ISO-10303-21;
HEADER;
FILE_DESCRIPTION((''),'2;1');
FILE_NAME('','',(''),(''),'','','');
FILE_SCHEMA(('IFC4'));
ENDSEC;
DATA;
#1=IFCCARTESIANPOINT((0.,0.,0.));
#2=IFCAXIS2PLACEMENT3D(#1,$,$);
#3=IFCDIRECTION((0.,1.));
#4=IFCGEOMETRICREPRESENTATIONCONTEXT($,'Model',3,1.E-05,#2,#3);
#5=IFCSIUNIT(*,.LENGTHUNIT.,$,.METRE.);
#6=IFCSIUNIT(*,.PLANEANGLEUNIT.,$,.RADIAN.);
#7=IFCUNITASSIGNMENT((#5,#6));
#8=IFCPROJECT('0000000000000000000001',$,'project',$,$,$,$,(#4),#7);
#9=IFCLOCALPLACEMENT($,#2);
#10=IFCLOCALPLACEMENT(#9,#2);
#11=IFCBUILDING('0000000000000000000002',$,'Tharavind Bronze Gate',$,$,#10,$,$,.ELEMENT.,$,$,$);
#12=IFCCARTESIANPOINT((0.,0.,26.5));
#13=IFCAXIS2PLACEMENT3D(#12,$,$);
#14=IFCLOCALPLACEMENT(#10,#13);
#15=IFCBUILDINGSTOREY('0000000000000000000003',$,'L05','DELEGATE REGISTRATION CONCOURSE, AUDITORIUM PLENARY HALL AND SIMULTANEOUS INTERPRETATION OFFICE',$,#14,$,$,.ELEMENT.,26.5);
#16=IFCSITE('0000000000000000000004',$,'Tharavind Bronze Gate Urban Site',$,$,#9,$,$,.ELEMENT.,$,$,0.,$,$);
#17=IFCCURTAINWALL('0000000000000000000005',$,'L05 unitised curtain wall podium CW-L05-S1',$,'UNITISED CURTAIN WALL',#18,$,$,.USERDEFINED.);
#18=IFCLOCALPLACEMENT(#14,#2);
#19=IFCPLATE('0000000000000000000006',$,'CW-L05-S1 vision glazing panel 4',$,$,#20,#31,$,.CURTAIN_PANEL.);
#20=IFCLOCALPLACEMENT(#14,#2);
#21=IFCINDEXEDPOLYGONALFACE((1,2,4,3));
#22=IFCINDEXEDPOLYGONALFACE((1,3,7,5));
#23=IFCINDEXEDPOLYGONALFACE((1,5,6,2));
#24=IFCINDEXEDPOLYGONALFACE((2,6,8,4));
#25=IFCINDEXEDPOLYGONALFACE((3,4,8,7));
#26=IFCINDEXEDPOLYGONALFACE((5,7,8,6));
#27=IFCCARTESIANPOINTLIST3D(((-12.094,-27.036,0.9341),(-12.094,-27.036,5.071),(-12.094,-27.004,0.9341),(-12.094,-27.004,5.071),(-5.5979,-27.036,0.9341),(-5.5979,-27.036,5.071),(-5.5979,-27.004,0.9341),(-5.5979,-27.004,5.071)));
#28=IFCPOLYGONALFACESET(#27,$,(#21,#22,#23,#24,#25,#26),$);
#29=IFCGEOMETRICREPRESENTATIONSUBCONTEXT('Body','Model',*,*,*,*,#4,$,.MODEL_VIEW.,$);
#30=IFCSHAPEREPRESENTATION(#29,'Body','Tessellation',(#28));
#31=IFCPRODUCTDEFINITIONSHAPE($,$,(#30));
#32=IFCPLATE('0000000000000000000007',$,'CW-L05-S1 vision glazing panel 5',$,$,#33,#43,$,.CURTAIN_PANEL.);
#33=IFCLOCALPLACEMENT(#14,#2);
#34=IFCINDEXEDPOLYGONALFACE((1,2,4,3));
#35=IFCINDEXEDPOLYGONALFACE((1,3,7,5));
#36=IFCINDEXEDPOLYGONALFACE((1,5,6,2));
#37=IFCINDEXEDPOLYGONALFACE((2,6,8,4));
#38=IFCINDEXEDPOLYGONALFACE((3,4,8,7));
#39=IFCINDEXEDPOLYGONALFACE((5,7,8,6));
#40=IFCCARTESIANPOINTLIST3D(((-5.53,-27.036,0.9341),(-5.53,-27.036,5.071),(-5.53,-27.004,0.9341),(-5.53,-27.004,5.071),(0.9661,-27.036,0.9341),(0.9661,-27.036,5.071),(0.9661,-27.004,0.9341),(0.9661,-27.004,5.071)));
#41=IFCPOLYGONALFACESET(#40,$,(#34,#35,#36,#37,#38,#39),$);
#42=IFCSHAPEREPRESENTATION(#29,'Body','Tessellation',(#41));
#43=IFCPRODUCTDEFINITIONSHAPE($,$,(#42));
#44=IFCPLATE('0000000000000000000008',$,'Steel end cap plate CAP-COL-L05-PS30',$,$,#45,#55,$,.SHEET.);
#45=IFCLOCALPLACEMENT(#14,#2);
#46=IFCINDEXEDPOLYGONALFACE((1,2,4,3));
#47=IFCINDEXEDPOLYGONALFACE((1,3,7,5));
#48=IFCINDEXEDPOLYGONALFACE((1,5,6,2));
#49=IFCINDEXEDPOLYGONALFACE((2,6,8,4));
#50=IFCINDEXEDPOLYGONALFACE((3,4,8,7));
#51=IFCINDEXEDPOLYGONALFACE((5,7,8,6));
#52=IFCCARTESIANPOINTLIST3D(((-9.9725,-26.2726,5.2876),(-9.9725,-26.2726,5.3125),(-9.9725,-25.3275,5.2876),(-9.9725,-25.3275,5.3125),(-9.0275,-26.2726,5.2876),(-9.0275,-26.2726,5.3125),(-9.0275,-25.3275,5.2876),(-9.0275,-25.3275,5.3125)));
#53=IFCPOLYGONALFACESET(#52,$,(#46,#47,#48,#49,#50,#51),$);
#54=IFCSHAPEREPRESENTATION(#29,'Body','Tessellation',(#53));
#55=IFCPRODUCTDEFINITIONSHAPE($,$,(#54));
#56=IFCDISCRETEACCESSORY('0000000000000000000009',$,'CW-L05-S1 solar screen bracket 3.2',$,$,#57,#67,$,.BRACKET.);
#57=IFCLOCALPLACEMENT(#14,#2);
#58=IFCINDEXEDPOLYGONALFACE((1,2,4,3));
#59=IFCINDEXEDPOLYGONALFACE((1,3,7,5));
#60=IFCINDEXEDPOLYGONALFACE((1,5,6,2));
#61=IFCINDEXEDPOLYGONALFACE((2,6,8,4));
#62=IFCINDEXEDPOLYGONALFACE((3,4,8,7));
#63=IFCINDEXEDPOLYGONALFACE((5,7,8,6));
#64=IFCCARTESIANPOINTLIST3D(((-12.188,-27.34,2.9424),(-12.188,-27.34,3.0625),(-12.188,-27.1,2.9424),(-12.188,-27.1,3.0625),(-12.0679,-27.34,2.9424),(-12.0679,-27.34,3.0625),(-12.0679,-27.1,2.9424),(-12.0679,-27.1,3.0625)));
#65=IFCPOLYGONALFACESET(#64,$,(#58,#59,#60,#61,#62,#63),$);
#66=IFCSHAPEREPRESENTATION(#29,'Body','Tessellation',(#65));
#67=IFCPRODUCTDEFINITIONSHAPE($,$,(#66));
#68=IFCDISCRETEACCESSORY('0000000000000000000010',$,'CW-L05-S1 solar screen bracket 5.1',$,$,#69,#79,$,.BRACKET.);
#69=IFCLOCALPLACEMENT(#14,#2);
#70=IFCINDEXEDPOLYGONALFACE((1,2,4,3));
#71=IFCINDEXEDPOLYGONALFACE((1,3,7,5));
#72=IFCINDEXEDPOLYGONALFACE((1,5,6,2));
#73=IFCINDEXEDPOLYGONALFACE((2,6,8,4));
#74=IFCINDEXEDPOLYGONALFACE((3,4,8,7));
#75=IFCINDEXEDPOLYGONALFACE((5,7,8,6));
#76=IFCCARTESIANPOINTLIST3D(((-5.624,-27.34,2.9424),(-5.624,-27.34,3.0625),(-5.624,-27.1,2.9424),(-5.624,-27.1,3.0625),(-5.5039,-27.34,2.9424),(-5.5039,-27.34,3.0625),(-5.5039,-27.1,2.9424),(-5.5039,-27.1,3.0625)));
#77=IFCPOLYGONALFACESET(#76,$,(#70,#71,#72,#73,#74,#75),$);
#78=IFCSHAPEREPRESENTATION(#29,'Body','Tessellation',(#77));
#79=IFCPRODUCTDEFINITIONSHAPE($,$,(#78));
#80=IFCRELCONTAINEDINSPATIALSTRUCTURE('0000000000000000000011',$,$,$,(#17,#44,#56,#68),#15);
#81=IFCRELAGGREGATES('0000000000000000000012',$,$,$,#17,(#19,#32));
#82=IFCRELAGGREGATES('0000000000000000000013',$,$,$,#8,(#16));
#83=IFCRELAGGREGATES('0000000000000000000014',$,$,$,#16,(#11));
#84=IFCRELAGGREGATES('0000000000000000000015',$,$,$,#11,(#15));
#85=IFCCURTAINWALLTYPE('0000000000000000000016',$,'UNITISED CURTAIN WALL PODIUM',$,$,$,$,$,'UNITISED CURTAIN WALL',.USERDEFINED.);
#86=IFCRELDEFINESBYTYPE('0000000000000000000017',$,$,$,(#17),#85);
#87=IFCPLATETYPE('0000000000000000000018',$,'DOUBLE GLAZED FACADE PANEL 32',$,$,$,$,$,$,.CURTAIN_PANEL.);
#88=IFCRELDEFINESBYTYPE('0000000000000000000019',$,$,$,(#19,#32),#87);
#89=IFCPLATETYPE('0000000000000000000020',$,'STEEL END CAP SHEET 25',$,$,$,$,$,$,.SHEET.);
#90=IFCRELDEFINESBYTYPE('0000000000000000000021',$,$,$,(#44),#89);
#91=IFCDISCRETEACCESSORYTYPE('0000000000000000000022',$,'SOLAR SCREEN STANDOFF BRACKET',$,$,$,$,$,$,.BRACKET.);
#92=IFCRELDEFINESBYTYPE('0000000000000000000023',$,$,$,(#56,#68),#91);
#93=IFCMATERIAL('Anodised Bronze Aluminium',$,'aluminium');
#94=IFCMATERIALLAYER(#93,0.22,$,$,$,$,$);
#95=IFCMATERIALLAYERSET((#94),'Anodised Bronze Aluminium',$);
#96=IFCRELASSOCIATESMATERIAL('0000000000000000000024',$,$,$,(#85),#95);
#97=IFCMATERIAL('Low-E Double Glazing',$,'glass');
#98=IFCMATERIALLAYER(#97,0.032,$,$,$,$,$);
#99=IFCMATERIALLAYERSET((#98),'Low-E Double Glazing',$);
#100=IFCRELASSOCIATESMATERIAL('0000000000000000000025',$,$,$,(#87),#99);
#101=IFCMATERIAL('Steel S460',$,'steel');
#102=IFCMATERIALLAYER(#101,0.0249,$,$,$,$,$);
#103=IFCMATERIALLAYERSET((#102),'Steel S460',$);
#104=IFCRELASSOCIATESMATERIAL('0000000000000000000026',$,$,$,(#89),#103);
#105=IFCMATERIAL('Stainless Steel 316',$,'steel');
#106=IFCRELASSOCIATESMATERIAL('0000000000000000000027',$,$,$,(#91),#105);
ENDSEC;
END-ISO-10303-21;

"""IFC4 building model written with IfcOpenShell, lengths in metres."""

from ifc_helpers import new_model, si_unit, direction, frame, origin, origin_2d, place, context, subcontext, project, spatial, rectangle, extrude, material, layer, layer_set, type_object, element, aggregate, save


model = new_model("IFC4")

# Units and contexts
model_context = context("Model", 3, precision=1e-05, world=origin(), true_north=direction((0.0, 1.0)))
body_context = subcontext(model_context, "Body", "Model", "MODEL_VIEW")
ifc_project = project(units=[si_unit("LENGTHUNIT", "METRE"), si_unit("PLANEANGLEUNIT", "RADIAN")], contexts=[model_context])

# Site, building, storey
site_placement = place(None, origin())
site = spatial("IfcSite", under=ifc_project, at=site_placement, Name="Tharavind Bronze Gate Urban Site", CompositionType="ELEMENT", RefElevation=0.0)
building_placement = place(site_placement, origin())
building = spatial("IfcBuilding", under=site, at=building_placement, Name="Tharavind Bronze Gate", CompositionType="ELEMENT")
storey_placement = place(building_placement, frame((0.0, 0.0, 26.5)))
storey = spatial("IfcBuildingStorey", under=building, at=storey_placement, Name="L05", Description="DELEGATE REGISTRATION CONCOURSE, AUDITORIUM PLENARY HALL AND SIMULTANEOUS INTERPRETATION OFFICE", CompositionType="ELEMENT", Elevation=26.5)

# Shared definitions
ifc_material_1 = material(Name="Steel S460", Category="steel")

# Curtain wall
ifc_material_2 = material(Name="Anodised Bronze Aluminium", Category="aluminium")
ifc_layer_1 = layer(ifc_material_2, 0.22)
ifc_layer_set_1 = layer_set([ifc_layer_1], Name="Anodised Bronze Aluminium")
curtain_wall_type = type_object("IfcCurtainWallType", Name="UNITISED CURTAIN WALL PODIUM", ElementType="UNITISED CURTAIN WALL", PredefinedType="USERDEFINED", material=ifc_layer_set_1)
curtain_wall_placement = place(storey_placement, origin())
curtain_wall = element("IfcCurtainWall", 1, at=curtain_wall_placement, inside=storey, type_object=curtain_wall_type, Name="L05 unitised curtain wall podium CW-L05-S1", ObjectType="UNITISED CURTAIN WALL", PredefinedType="USERDEFINED")

# Plates
ifc_material_3 = material(Name="Low-E Double Glazing", Category="glass")
ifc_layer_2 = layer(ifc_material_3, 0.032)
ifc_layer_set_2 = layer_set([ifc_layer_2], Name="Low-E Double Glazing")
plate_type_1 = type_object("IfcPlateType", Name="DOUBLE GLAZED FACADE PANEL 32", PredefinedType="CURTAIN_PANEL", material=ifc_layer_set_2)
plate_1_placement = place(storey_placement, frame((-8.8459, -27.02, 0.9341), z_axis=(0.0, 0.0, 1.0), x_axis=(1.0, 0.0, 0.0)))
plate_1 = element("IfcPlate", 2, at=plate_1_placement, type_object=plate_type_1, Name="CW-L05-S1 vision glazing panel 4", PredefinedType="CURTAIN_PANEL", context=body_context, shape_type="SweptSolid", body=[
    extrude(rectangle(XDim=6.4961, YDim=0.032, at=origin_2d()), origin(), (0.0, 0.0, 1.0), 4.137),
])
plate_2_placement = place(storey_placement, frame((-2.282, -27.02, 0.9341), z_axis=(0.0, 0.0, 1.0), x_axis=(1.0, 0.0, 0.0)))
plate_2 = element("IfcPlate", 3, at=plate_2_placement, type_object=plate_type_1, Name="CW-L05-S1 vision glazing panel 5", PredefinedType="CURTAIN_PANEL", context=body_context, shape_type="SweptSolid", body=[
    extrude(rectangle(XDim=6.4961, YDim=0.032, at=origin_2d()), origin(), (0.0, 0.0, 1.0), 4.137),
])
aggregate(curtain_wall, [plate_1, plate_2])
ifc_layer_3 = layer(ifc_material_1, 0.0249)
ifc_layer_set_3 = layer_set([ifc_layer_3], Name="Steel S460")
plate_type_2 = type_object("IfcPlateType", Name="STEEL END CAP SHEET 25", PredefinedType="SHEET", material=ifc_layer_set_3)
plate_3_placement = place(storey_placement, frame((-9.5, -25.8, 5.2876), z_axis=(0.0, 0.0, 1.0), x_axis=(1.0, 0.0, 0.0)))
element("IfcPlate", 4, at=plate_3_placement, inside=storey, type_object=plate_type_2, Name="Steel end cap plate CAP-COL-L05-PS30", PredefinedType="SHEET", context=body_context, shape_type="SweptSolid", body=[
    extrude(rectangle(XDim=0.9451, YDim=0.9451, at=origin_2d()), origin(), (0.0, 0.0, 1.0), 0.0249),
])

# Discrete accessories
ifc_material_4 = material(Name="Stainless Steel 316", Category="steel")
discrete_accessory_type = type_object("IfcDiscreteAccessoryType", Name="SOLAR SCREEN STANDOFF BRACKET", PredefinedType="BRACKET", material=ifc_material_4)
for number, where, z_axis, x_axis, name in (
    (5, (-12.1279, -27.22, 2.9424), (0.0, 0.0, 1.0), (1.0, 0.0, 0.0), "CW-L05-S1 solar screen bracket 3.2"),
    (6, (-5.564, -27.22, 2.9424), (0.0, 0.0, 1.0), (1.0, 0.0, 0.0), "CW-L05-S1 solar screen bracket 5.1"),
):
    element("IfcDiscreteAccessory", number, at=place(storey_placement, frame(where, z_axis=z_axis, x_axis=x_axis)), inside=storey, type_object=discrete_accessory_type, Name=name, PredefinedType="BRACKET", context=body_context, shape_type="SweptSolid", body=[
        extrude(rectangle(XDim=0.1201, YDim=0.24, at=origin_2d()), origin(), (0.0, 0.0, 1.0), 0.1201),
    ])

save(model, "model.ifc")
